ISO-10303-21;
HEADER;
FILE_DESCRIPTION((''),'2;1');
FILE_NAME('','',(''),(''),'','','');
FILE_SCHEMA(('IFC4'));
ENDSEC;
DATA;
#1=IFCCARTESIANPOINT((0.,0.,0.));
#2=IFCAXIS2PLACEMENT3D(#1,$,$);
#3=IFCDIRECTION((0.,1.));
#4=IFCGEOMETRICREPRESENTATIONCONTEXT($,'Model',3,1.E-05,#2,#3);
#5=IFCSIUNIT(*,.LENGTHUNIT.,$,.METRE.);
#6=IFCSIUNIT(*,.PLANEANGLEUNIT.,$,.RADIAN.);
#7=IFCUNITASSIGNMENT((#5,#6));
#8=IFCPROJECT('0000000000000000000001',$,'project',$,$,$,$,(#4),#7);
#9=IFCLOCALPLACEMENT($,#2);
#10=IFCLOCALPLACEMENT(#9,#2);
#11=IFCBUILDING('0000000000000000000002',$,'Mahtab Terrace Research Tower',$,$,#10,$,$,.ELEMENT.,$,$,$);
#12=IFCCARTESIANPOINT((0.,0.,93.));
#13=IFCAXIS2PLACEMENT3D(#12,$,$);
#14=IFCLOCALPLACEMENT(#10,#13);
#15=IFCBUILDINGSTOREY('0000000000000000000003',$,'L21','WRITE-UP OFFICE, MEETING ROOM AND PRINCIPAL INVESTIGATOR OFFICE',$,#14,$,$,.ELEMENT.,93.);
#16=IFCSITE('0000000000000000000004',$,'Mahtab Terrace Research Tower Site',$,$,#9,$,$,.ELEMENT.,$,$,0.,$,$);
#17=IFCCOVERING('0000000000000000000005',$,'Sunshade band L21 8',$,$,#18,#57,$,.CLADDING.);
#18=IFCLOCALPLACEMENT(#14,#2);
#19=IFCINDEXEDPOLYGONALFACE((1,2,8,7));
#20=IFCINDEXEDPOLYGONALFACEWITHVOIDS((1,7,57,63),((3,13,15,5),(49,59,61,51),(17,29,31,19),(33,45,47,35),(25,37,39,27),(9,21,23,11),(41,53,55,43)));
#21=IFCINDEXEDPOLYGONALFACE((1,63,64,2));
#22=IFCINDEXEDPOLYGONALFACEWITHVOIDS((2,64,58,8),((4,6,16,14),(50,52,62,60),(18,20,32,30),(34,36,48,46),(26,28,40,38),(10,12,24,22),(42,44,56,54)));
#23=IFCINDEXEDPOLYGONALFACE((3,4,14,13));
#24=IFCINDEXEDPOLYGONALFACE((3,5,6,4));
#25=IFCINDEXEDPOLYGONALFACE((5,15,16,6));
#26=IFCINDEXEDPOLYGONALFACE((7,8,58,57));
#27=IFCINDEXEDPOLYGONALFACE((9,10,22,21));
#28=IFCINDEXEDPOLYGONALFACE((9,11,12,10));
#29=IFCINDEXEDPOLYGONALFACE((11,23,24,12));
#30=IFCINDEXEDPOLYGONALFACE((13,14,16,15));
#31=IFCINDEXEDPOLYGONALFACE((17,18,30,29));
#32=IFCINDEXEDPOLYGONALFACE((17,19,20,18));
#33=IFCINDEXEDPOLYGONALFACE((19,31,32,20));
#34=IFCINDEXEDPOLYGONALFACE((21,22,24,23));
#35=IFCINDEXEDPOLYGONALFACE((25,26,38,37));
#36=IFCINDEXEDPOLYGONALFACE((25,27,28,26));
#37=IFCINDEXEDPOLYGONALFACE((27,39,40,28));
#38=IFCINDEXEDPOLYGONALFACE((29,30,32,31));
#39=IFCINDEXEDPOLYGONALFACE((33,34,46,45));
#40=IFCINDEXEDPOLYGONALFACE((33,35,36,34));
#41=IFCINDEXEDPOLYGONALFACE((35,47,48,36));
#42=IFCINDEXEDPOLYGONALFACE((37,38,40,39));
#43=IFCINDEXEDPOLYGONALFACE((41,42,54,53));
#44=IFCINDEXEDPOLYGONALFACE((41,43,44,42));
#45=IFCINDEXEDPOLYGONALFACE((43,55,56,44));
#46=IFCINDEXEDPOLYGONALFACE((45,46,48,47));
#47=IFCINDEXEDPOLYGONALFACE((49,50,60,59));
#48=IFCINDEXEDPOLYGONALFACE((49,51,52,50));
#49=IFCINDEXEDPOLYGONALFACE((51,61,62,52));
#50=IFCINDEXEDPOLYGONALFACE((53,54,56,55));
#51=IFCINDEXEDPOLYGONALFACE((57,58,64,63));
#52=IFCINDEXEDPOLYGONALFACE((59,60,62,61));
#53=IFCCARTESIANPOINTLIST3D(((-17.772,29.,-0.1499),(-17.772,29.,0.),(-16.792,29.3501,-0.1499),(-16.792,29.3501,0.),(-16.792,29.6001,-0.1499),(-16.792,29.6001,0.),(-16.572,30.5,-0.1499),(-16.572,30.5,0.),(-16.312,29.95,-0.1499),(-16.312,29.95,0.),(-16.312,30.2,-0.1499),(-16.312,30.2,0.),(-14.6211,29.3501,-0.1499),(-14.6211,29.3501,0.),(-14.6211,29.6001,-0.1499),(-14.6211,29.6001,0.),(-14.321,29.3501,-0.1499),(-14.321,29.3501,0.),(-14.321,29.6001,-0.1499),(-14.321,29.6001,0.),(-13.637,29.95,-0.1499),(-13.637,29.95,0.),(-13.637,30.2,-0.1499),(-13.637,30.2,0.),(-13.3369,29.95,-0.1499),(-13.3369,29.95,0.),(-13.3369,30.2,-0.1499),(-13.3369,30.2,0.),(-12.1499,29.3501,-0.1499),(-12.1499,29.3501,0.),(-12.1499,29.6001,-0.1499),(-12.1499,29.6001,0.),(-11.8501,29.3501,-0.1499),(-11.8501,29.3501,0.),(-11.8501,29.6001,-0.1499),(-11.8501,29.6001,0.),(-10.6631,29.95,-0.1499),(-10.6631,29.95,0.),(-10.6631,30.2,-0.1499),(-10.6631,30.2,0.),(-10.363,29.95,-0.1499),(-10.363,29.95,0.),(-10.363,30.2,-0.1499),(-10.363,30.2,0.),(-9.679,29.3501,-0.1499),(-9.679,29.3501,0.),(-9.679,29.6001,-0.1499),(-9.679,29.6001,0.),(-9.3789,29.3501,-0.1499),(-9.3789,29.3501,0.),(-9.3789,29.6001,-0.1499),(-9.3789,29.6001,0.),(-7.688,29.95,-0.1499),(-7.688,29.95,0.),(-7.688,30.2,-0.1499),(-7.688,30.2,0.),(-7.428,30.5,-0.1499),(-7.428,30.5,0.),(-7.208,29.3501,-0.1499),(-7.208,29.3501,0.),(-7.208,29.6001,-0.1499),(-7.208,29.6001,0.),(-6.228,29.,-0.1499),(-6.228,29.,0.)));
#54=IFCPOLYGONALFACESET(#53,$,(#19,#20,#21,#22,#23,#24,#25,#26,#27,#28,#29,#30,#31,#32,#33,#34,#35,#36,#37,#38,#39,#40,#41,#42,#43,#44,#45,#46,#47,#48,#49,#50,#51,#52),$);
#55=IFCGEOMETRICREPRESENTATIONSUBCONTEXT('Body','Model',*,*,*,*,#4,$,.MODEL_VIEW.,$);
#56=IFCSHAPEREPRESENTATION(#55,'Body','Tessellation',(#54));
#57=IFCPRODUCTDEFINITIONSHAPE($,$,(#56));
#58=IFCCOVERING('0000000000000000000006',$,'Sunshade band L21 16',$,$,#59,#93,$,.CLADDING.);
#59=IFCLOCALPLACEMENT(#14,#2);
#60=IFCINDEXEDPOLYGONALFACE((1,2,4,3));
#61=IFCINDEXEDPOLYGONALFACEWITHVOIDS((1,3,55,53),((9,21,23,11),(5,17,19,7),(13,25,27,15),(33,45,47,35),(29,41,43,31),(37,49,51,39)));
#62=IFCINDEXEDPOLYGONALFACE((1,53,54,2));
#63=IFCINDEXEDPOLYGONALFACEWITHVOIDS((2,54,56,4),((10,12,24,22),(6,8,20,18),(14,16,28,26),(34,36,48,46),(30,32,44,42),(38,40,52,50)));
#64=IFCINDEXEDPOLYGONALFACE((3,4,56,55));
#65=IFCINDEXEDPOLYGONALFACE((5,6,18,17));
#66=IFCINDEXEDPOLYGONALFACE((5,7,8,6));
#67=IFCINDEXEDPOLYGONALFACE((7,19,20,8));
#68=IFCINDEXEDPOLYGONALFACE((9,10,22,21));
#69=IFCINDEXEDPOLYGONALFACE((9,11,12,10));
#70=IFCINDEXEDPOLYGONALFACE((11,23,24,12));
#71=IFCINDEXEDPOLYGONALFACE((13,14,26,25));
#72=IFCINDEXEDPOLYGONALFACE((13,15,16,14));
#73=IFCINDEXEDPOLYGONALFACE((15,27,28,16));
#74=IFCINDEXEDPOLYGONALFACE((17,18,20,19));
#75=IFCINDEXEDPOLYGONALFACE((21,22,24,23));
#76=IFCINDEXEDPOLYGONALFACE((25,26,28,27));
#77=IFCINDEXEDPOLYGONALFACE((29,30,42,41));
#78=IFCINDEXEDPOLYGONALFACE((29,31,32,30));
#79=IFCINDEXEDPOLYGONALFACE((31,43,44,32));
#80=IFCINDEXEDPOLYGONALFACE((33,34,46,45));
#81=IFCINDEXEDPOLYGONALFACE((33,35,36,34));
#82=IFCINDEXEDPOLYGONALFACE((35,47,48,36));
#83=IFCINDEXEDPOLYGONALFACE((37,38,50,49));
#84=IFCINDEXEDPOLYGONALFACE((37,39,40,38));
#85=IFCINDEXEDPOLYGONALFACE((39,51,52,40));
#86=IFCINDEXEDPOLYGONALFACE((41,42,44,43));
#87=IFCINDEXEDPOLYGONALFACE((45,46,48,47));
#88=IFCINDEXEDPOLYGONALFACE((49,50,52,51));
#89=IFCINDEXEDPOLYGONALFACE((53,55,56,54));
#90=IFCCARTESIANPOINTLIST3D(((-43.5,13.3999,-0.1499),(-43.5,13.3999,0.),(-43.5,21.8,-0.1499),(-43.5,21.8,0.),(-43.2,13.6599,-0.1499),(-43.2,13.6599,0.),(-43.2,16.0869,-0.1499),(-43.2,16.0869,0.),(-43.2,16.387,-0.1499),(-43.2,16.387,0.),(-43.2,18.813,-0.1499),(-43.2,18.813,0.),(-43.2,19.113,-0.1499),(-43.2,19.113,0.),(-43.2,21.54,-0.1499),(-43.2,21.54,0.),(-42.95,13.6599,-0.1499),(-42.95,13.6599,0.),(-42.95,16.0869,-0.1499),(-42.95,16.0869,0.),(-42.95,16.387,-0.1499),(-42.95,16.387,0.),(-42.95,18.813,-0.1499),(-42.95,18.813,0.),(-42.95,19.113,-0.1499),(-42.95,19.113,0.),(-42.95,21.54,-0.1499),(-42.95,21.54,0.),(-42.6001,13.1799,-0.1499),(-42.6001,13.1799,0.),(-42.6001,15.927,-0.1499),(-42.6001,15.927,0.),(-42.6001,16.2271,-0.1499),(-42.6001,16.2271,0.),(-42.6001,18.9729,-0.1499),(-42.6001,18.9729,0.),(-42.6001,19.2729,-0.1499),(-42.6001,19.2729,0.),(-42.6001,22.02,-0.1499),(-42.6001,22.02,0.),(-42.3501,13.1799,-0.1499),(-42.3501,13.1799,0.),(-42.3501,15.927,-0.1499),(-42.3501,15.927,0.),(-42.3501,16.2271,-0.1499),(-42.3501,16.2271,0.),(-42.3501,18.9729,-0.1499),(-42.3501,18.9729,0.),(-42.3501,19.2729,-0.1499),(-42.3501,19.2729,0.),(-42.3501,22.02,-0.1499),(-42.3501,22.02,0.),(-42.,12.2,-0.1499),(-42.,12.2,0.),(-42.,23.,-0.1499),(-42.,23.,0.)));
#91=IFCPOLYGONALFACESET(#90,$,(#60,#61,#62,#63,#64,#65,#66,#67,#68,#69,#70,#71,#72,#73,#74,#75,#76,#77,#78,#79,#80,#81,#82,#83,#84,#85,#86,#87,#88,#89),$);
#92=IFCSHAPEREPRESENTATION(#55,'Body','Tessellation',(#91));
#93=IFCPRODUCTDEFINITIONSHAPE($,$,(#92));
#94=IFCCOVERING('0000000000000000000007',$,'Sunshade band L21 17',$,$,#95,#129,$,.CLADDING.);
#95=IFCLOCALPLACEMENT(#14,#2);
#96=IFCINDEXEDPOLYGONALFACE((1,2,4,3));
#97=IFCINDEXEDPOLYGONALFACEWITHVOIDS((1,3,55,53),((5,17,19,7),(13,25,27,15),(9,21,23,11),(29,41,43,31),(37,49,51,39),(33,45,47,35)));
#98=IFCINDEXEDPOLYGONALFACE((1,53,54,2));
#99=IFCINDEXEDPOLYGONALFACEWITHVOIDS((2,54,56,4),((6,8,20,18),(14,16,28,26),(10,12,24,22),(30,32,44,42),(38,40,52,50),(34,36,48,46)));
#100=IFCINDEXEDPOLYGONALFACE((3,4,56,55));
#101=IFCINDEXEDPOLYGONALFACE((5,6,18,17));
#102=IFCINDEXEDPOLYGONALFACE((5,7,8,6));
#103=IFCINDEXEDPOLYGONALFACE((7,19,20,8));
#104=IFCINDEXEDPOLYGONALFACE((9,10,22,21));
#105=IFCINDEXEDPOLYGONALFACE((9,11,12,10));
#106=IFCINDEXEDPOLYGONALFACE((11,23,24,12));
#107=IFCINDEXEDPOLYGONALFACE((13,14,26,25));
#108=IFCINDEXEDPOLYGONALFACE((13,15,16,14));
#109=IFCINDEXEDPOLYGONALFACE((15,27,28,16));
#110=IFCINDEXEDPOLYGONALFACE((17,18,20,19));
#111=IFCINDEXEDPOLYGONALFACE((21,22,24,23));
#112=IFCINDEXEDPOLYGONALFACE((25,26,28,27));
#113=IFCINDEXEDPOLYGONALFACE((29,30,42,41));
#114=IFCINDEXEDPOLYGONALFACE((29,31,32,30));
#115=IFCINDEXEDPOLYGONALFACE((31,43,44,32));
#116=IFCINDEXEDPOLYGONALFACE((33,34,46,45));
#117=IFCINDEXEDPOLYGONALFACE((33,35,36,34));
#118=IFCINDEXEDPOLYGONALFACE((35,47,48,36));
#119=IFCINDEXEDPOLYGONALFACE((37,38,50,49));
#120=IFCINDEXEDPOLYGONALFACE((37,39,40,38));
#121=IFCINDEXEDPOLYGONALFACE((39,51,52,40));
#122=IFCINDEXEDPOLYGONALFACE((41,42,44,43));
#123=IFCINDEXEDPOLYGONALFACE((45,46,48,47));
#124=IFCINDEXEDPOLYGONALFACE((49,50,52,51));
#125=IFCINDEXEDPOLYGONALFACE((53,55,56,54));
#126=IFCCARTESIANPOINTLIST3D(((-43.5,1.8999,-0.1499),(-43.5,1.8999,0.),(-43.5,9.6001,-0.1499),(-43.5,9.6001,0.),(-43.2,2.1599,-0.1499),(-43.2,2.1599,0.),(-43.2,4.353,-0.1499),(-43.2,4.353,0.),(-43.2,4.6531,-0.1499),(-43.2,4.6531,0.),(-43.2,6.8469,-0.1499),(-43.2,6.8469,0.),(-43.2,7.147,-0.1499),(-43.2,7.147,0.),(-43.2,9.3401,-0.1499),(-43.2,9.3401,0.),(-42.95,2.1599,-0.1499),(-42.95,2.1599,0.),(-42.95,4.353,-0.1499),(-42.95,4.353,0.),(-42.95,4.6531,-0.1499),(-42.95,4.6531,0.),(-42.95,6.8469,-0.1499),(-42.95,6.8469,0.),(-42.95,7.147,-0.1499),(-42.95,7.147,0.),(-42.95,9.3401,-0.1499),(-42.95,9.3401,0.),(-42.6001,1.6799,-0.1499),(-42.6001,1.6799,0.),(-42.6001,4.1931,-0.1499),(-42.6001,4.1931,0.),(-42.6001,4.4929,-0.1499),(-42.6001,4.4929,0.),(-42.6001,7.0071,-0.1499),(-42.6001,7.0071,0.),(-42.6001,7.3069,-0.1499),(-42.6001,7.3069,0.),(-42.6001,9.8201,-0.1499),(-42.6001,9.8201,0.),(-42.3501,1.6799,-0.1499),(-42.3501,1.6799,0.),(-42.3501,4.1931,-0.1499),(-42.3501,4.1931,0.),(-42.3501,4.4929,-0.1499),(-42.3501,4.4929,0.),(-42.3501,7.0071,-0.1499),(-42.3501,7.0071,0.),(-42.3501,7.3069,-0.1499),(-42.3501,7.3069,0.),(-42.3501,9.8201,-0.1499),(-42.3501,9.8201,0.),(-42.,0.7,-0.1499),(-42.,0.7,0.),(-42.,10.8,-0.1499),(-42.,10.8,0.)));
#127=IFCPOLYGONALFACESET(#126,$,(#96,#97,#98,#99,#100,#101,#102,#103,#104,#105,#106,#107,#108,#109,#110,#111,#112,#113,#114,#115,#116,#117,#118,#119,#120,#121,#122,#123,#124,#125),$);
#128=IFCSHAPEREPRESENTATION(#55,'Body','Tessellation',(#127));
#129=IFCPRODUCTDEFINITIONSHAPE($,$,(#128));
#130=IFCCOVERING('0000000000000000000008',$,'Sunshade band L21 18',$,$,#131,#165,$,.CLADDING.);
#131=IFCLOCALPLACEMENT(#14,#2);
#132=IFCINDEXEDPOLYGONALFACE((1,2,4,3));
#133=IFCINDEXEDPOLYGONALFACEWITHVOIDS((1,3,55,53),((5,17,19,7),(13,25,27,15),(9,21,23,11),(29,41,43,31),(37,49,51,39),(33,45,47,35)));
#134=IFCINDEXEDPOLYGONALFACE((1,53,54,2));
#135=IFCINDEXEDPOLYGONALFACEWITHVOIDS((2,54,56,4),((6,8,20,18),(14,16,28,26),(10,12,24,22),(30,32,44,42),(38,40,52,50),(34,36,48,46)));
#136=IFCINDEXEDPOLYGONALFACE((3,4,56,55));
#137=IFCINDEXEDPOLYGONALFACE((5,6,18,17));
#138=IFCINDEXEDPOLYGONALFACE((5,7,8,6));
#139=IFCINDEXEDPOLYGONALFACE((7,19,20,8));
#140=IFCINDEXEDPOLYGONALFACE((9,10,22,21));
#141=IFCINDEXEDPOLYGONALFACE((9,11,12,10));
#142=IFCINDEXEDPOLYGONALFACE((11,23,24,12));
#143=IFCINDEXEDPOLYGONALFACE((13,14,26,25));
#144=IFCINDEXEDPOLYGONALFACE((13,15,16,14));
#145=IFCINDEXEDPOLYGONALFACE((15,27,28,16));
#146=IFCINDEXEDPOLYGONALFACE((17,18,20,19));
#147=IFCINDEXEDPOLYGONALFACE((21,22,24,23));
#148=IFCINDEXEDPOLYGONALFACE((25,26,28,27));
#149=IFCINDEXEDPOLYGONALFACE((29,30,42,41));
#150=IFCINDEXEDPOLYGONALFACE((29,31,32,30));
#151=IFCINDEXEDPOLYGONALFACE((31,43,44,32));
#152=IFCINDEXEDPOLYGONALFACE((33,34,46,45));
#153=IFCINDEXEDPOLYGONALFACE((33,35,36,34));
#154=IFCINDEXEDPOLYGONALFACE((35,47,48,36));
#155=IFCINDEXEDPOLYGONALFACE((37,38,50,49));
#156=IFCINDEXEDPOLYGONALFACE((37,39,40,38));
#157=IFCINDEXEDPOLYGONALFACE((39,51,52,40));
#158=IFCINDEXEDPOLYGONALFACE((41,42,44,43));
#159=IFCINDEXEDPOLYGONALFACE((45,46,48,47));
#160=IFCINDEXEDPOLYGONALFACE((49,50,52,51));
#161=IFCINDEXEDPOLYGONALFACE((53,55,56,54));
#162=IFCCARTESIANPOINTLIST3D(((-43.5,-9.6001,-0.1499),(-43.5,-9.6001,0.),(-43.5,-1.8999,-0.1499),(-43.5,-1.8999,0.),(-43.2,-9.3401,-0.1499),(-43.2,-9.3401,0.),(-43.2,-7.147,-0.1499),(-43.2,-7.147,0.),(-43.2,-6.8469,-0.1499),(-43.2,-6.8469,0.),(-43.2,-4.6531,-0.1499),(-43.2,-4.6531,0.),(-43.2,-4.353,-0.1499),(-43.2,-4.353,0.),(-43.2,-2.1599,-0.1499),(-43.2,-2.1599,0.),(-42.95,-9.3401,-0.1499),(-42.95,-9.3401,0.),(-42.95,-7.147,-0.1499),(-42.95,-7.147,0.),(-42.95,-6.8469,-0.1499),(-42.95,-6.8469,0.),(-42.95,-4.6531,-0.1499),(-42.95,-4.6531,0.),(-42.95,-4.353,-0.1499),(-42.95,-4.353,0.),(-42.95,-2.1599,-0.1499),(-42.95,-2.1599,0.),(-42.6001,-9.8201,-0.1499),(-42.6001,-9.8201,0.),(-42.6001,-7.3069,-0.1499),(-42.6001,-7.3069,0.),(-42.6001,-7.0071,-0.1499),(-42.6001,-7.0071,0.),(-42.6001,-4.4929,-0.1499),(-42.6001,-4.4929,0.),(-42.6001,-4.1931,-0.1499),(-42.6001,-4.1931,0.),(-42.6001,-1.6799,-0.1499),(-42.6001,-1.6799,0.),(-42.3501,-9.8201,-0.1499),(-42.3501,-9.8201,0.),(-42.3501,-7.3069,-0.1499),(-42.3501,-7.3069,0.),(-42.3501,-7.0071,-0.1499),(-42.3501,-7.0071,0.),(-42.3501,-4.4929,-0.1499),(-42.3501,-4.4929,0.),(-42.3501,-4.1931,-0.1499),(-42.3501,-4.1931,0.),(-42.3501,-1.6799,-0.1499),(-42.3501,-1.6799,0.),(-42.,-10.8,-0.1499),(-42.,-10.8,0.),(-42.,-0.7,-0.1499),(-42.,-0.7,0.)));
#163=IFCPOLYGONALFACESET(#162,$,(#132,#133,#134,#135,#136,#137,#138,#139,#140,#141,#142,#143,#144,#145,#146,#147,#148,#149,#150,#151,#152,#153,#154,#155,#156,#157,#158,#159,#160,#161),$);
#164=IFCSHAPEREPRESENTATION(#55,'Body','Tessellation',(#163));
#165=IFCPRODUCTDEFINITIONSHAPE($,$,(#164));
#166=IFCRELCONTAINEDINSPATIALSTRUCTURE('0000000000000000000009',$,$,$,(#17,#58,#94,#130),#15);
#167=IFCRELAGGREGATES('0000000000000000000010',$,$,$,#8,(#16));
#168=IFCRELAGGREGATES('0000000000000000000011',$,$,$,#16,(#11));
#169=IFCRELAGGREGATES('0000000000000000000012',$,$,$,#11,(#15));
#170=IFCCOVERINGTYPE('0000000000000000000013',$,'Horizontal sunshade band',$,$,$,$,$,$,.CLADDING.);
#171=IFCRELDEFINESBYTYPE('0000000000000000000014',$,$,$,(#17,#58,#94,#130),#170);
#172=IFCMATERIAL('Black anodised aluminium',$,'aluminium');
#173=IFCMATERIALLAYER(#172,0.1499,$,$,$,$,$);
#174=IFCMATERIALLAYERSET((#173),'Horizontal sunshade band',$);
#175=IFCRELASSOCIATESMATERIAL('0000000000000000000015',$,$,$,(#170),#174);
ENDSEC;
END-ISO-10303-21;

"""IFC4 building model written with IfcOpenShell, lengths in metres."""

from ifc_helpers import new_model, si_unit, direction, frame, origin, place, context, subcontext, project, spatial, polyline, outline, extrude, material, layer, layer_set, type_object, element, save


model = new_model("IFC4")

# Units and contexts
model_context = context("Model", 3, precision=1e-05, world=origin(), true_north=direction((0.0, 1.0)))
body_context = subcontext(model_context, "Body", "Model", "MODEL_VIEW")
ifc_project = project(units=[si_unit("LENGTHUNIT", "METRE"), si_unit("PLANEANGLEUNIT", "RADIAN")], contexts=[model_context])

# Site, building, storey
site_placement = place(None, origin())
site = spatial("IfcSite", under=ifc_project, at=site_placement, Name="Mahtab Terrace Research Tower Site", CompositionType="ELEMENT", RefElevation=0.0)
building_placement = place(site_placement, origin())
building = spatial("IfcBuilding", under=site, at=building_placement, Name="Mahtab Terrace Research Tower", CompositionType="ELEMENT")
storey_placement = place(building_placement, frame((0.0, 0.0, 93.0)))
storey = spatial("IfcBuildingStorey", under=building, at=storey_placement, Name="L21", Description="WRITE-UP OFFICE, MEETING ROOM AND PRINCIPAL INVESTIGATOR OFFICE", CompositionType="ELEMENT", Elevation=93.0)

# Coverings
ifc_material_1 = material(Name="Black anodised aluminium", Category="aluminium")
ifc_layer_1 = layer(ifc_material_1, 0.1499)
ifc_layer_set_1 = layer_set([ifc_layer_1], Name="Horizontal sunshade band")
covering_type_1 = type_object("IfcCoveringType", Name="Horizontal sunshade band", PredefinedType="CLADDING", material=ifc_layer_set_1)
covering_1_placement = place(storey_placement, frame((0.0, 0.0, -0.1499)))
element("IfcCovering", 1, at=covering_1_placement, inside=storey, type_object=covering_type_1, Name="Sunshade band L21 8", PredefinedType="CLADDING", context=body_context, shape_type="SweptSolid", body=[
    extrude(outline(polyline([(-6.228, 29.0), (-17.772, 29.0), (-16.572, 30.5), (-7.428, 30.5), (-6.228, 29.0)]), holes=[polyline([(-7.208, 29.3501), (-9.3789, 29.3501), (-9.3789, 29.6001), (-7.208, 29.6001), (-7.208, 29.3501)]), polyline([(-9.679, 29.3501), (-11.8501, 29.3501), (-11.8501, 29.6001), (-9.679, 29.6001), (-9.679, 29.3501)]), polyline([(-12.1499, 29.3501), (-14.321, 29.3501), (-14.321, 29.6001), (-12.1499, 29.6001), (-12.1499, 29.3501)]), polyline([(-14.6211, 29.3501), (-16.792, 29.3501), (-16.792, 29.6001), (-14.6211, 29.6001), (-14.6211, 29.3501)]), polyline([(-7.688, 29.95), (-10.363, 29.95), (-10.363, 30.2), (-7.688, 30.2), (-7.688, 29.95)]), polyline([(-10.6631, 29.95), (-13.3369, 29.95), (-13.3369, 30.2), (-10.6631, 30.2), (-10.6631, 29.95)]), polyline([(-13.637, 29.95), (-16.312, 29.95), (-16.312, 30.2), (-13.637, 30.2), (-13.637, 29.95)])]), origin(), (0.0, 0.0, 1.0), 0.1499),
])
covering_2_placement = place(storey_placement, frame((0.0, 0.0, -0.1499)))
element("IfcCovering", 2, at=covering_2_placement, inside=storey, type_object=covering_type_1, Name="Sunshade band L21 16", PredefinedType="CLADDING", context=body_context, shape_type="SweptSolid", body=[
    extrude(outline(polyline([(-42.0, 23.0), (-42.0, 12.2), (-43.5, 13.3999), (-43.5, 21.8), (-42.0, 23.0)]), holes=[polyline([(-42.3501, 22.02), (-42.3501, 19.2729), (-42.6001, 19.2729), (-42.6001, 22.02), (-42.3501, 22.02)]), polyline([(-42.3501, 18.9729), (-42.3501, 16.2271), (-42.6001, 16.2271), (-42.6001, 18.9729), (-42.3501, 18.9729)]), polyline([(-42.3501, 15.927), (-42.3501, 13.1799), (-42.6001, 13.1799), (-42.6001, 15.927), (-42.3501, 15.927)]), polyline([(-42.95, 21.54), (-42.95, 19.113), (-43.2, 19.113), (-43.2, 21.54), (-42.95, 21.54)]), polyline([(-42.95, 18.813), (-42.95, 16.387), (-43.2, 16.387), (-43.2, 18.813), (-42.95, 18.813)]), polyline([(-42.95, 16.0869), (-42.95, 13.6599), (-43.2, 13.6599), (-43.2, 16.0869), (-42.95, 16.0869)])]), origin(), (0.0, 0.0, 1.0), 0.1499),
])
covering_3_placement = place(storey_placement, frame((0.0, 0.0, -0.1499)))
element("IfcCovering", 3, at=covering_3_placement, inside=storey, type_object=covering_type_1, Name="Sunshade band L21 17", PredefinedType="CLADDING", context=body_context, shape_type="SweptSolid", body=[
    extrude(outline(polyline([(-42.0, 10.8), (-42.0, 0.7), (-43.5, 1.8999), (-43.5, 9.6001), (-42.0, 10.8)]), holes=[polyline([(-42.3501, 9.8201), (-42.3501, 7.3069), (-42.6001, 7.3069), (-42.6001, 9.8201), (-42.3501, 9.8201)]), polyline([(-42.3501, 7.0071), (-42.3501, 4.4929), (-42.6001, 4.4929), (-42.6001, 7.0071), (-42.3501, 7.0071)]), polyline([(-42.3501, 4.1931), (-42.3501, 1.6799), (-42.6001, 1.6799), (-42.6001, 4.1931), (-42.3501, 4.1931)]), polyline([(-42.95, 9.3401), (-42.95, 7.147), (-43.2, 7.147), (-43.2, 9.3401), (-42.95, 9.3401)]), polyline([(-42.95, 6.8469), (-42.95, 4.6531), (-43.2, 4.6531), (-43.2, 6.8469), (-42.95, 6.8469)]), polyline([(-42.95, 4.353), (-42.95, 2.1599), (-43.2, 2.1599), (-43.2, 4.353), (-42.95, 4.353)])]), origin(), (0.0, 0.0, 1.0), 0.1499),
])
covering_4_placement = place(storey_placement, frame((0.0, 0.0, -0.1499)))
element("IfcCovering", 4, at=covering_4_placement, inside=storey, type_object=covering_type_1, Name="Sunshade band L21 18", PredefinedType="CLADDING", context=body_context, shape_type="SweptSolid", body=[
    extrude(outline(polyline([(-42.0, -0.7), (-42.0, -10.8), (-43.5, -9.6001), (-43.5, -1.8999), (-42.0, -0.7)]), holes=[polyline([(-42.3501, -1.6799), (-42.3501, -4.1931), (-42.6001, -4.1931), (-42.6001, -1.6799), (-42.3501, -1.6799)]), polyline([(-42.3501, -4.4929), (-42.3501, -7.0071), (-42.6001, -7.0071), (-42.6001, -4.4929), (-42.3501, -4.4929)]), polyline([(-42.3501, -7.3069), (-42.3501, -9.8201), (-42.6001, -9.8201), (-42.6001, -7.3069), (-42.3501, -7.3069)]), polyline([(-42.95, -2.1599), (-42.95, -4.353), (-43.2, -4.353), (-43.2, -2.1599), (-42.95, -2.1599)]), polyline([(-42.95, -4.6531), (-42.95, -6.8469), (-43.2, -6.8469), (-43.2, -4.6531), (-42.95, -4.6531)]), polyline([(-42.95, -7.147), (-42.95, -9.3401), (-43.2, -9.3401), (-43.2, -7.147), (-42.95, -7.147)])]), origin(), (0.0, 0.0, 1.0), 0.1499),
])

save(model, "model.ifc")
